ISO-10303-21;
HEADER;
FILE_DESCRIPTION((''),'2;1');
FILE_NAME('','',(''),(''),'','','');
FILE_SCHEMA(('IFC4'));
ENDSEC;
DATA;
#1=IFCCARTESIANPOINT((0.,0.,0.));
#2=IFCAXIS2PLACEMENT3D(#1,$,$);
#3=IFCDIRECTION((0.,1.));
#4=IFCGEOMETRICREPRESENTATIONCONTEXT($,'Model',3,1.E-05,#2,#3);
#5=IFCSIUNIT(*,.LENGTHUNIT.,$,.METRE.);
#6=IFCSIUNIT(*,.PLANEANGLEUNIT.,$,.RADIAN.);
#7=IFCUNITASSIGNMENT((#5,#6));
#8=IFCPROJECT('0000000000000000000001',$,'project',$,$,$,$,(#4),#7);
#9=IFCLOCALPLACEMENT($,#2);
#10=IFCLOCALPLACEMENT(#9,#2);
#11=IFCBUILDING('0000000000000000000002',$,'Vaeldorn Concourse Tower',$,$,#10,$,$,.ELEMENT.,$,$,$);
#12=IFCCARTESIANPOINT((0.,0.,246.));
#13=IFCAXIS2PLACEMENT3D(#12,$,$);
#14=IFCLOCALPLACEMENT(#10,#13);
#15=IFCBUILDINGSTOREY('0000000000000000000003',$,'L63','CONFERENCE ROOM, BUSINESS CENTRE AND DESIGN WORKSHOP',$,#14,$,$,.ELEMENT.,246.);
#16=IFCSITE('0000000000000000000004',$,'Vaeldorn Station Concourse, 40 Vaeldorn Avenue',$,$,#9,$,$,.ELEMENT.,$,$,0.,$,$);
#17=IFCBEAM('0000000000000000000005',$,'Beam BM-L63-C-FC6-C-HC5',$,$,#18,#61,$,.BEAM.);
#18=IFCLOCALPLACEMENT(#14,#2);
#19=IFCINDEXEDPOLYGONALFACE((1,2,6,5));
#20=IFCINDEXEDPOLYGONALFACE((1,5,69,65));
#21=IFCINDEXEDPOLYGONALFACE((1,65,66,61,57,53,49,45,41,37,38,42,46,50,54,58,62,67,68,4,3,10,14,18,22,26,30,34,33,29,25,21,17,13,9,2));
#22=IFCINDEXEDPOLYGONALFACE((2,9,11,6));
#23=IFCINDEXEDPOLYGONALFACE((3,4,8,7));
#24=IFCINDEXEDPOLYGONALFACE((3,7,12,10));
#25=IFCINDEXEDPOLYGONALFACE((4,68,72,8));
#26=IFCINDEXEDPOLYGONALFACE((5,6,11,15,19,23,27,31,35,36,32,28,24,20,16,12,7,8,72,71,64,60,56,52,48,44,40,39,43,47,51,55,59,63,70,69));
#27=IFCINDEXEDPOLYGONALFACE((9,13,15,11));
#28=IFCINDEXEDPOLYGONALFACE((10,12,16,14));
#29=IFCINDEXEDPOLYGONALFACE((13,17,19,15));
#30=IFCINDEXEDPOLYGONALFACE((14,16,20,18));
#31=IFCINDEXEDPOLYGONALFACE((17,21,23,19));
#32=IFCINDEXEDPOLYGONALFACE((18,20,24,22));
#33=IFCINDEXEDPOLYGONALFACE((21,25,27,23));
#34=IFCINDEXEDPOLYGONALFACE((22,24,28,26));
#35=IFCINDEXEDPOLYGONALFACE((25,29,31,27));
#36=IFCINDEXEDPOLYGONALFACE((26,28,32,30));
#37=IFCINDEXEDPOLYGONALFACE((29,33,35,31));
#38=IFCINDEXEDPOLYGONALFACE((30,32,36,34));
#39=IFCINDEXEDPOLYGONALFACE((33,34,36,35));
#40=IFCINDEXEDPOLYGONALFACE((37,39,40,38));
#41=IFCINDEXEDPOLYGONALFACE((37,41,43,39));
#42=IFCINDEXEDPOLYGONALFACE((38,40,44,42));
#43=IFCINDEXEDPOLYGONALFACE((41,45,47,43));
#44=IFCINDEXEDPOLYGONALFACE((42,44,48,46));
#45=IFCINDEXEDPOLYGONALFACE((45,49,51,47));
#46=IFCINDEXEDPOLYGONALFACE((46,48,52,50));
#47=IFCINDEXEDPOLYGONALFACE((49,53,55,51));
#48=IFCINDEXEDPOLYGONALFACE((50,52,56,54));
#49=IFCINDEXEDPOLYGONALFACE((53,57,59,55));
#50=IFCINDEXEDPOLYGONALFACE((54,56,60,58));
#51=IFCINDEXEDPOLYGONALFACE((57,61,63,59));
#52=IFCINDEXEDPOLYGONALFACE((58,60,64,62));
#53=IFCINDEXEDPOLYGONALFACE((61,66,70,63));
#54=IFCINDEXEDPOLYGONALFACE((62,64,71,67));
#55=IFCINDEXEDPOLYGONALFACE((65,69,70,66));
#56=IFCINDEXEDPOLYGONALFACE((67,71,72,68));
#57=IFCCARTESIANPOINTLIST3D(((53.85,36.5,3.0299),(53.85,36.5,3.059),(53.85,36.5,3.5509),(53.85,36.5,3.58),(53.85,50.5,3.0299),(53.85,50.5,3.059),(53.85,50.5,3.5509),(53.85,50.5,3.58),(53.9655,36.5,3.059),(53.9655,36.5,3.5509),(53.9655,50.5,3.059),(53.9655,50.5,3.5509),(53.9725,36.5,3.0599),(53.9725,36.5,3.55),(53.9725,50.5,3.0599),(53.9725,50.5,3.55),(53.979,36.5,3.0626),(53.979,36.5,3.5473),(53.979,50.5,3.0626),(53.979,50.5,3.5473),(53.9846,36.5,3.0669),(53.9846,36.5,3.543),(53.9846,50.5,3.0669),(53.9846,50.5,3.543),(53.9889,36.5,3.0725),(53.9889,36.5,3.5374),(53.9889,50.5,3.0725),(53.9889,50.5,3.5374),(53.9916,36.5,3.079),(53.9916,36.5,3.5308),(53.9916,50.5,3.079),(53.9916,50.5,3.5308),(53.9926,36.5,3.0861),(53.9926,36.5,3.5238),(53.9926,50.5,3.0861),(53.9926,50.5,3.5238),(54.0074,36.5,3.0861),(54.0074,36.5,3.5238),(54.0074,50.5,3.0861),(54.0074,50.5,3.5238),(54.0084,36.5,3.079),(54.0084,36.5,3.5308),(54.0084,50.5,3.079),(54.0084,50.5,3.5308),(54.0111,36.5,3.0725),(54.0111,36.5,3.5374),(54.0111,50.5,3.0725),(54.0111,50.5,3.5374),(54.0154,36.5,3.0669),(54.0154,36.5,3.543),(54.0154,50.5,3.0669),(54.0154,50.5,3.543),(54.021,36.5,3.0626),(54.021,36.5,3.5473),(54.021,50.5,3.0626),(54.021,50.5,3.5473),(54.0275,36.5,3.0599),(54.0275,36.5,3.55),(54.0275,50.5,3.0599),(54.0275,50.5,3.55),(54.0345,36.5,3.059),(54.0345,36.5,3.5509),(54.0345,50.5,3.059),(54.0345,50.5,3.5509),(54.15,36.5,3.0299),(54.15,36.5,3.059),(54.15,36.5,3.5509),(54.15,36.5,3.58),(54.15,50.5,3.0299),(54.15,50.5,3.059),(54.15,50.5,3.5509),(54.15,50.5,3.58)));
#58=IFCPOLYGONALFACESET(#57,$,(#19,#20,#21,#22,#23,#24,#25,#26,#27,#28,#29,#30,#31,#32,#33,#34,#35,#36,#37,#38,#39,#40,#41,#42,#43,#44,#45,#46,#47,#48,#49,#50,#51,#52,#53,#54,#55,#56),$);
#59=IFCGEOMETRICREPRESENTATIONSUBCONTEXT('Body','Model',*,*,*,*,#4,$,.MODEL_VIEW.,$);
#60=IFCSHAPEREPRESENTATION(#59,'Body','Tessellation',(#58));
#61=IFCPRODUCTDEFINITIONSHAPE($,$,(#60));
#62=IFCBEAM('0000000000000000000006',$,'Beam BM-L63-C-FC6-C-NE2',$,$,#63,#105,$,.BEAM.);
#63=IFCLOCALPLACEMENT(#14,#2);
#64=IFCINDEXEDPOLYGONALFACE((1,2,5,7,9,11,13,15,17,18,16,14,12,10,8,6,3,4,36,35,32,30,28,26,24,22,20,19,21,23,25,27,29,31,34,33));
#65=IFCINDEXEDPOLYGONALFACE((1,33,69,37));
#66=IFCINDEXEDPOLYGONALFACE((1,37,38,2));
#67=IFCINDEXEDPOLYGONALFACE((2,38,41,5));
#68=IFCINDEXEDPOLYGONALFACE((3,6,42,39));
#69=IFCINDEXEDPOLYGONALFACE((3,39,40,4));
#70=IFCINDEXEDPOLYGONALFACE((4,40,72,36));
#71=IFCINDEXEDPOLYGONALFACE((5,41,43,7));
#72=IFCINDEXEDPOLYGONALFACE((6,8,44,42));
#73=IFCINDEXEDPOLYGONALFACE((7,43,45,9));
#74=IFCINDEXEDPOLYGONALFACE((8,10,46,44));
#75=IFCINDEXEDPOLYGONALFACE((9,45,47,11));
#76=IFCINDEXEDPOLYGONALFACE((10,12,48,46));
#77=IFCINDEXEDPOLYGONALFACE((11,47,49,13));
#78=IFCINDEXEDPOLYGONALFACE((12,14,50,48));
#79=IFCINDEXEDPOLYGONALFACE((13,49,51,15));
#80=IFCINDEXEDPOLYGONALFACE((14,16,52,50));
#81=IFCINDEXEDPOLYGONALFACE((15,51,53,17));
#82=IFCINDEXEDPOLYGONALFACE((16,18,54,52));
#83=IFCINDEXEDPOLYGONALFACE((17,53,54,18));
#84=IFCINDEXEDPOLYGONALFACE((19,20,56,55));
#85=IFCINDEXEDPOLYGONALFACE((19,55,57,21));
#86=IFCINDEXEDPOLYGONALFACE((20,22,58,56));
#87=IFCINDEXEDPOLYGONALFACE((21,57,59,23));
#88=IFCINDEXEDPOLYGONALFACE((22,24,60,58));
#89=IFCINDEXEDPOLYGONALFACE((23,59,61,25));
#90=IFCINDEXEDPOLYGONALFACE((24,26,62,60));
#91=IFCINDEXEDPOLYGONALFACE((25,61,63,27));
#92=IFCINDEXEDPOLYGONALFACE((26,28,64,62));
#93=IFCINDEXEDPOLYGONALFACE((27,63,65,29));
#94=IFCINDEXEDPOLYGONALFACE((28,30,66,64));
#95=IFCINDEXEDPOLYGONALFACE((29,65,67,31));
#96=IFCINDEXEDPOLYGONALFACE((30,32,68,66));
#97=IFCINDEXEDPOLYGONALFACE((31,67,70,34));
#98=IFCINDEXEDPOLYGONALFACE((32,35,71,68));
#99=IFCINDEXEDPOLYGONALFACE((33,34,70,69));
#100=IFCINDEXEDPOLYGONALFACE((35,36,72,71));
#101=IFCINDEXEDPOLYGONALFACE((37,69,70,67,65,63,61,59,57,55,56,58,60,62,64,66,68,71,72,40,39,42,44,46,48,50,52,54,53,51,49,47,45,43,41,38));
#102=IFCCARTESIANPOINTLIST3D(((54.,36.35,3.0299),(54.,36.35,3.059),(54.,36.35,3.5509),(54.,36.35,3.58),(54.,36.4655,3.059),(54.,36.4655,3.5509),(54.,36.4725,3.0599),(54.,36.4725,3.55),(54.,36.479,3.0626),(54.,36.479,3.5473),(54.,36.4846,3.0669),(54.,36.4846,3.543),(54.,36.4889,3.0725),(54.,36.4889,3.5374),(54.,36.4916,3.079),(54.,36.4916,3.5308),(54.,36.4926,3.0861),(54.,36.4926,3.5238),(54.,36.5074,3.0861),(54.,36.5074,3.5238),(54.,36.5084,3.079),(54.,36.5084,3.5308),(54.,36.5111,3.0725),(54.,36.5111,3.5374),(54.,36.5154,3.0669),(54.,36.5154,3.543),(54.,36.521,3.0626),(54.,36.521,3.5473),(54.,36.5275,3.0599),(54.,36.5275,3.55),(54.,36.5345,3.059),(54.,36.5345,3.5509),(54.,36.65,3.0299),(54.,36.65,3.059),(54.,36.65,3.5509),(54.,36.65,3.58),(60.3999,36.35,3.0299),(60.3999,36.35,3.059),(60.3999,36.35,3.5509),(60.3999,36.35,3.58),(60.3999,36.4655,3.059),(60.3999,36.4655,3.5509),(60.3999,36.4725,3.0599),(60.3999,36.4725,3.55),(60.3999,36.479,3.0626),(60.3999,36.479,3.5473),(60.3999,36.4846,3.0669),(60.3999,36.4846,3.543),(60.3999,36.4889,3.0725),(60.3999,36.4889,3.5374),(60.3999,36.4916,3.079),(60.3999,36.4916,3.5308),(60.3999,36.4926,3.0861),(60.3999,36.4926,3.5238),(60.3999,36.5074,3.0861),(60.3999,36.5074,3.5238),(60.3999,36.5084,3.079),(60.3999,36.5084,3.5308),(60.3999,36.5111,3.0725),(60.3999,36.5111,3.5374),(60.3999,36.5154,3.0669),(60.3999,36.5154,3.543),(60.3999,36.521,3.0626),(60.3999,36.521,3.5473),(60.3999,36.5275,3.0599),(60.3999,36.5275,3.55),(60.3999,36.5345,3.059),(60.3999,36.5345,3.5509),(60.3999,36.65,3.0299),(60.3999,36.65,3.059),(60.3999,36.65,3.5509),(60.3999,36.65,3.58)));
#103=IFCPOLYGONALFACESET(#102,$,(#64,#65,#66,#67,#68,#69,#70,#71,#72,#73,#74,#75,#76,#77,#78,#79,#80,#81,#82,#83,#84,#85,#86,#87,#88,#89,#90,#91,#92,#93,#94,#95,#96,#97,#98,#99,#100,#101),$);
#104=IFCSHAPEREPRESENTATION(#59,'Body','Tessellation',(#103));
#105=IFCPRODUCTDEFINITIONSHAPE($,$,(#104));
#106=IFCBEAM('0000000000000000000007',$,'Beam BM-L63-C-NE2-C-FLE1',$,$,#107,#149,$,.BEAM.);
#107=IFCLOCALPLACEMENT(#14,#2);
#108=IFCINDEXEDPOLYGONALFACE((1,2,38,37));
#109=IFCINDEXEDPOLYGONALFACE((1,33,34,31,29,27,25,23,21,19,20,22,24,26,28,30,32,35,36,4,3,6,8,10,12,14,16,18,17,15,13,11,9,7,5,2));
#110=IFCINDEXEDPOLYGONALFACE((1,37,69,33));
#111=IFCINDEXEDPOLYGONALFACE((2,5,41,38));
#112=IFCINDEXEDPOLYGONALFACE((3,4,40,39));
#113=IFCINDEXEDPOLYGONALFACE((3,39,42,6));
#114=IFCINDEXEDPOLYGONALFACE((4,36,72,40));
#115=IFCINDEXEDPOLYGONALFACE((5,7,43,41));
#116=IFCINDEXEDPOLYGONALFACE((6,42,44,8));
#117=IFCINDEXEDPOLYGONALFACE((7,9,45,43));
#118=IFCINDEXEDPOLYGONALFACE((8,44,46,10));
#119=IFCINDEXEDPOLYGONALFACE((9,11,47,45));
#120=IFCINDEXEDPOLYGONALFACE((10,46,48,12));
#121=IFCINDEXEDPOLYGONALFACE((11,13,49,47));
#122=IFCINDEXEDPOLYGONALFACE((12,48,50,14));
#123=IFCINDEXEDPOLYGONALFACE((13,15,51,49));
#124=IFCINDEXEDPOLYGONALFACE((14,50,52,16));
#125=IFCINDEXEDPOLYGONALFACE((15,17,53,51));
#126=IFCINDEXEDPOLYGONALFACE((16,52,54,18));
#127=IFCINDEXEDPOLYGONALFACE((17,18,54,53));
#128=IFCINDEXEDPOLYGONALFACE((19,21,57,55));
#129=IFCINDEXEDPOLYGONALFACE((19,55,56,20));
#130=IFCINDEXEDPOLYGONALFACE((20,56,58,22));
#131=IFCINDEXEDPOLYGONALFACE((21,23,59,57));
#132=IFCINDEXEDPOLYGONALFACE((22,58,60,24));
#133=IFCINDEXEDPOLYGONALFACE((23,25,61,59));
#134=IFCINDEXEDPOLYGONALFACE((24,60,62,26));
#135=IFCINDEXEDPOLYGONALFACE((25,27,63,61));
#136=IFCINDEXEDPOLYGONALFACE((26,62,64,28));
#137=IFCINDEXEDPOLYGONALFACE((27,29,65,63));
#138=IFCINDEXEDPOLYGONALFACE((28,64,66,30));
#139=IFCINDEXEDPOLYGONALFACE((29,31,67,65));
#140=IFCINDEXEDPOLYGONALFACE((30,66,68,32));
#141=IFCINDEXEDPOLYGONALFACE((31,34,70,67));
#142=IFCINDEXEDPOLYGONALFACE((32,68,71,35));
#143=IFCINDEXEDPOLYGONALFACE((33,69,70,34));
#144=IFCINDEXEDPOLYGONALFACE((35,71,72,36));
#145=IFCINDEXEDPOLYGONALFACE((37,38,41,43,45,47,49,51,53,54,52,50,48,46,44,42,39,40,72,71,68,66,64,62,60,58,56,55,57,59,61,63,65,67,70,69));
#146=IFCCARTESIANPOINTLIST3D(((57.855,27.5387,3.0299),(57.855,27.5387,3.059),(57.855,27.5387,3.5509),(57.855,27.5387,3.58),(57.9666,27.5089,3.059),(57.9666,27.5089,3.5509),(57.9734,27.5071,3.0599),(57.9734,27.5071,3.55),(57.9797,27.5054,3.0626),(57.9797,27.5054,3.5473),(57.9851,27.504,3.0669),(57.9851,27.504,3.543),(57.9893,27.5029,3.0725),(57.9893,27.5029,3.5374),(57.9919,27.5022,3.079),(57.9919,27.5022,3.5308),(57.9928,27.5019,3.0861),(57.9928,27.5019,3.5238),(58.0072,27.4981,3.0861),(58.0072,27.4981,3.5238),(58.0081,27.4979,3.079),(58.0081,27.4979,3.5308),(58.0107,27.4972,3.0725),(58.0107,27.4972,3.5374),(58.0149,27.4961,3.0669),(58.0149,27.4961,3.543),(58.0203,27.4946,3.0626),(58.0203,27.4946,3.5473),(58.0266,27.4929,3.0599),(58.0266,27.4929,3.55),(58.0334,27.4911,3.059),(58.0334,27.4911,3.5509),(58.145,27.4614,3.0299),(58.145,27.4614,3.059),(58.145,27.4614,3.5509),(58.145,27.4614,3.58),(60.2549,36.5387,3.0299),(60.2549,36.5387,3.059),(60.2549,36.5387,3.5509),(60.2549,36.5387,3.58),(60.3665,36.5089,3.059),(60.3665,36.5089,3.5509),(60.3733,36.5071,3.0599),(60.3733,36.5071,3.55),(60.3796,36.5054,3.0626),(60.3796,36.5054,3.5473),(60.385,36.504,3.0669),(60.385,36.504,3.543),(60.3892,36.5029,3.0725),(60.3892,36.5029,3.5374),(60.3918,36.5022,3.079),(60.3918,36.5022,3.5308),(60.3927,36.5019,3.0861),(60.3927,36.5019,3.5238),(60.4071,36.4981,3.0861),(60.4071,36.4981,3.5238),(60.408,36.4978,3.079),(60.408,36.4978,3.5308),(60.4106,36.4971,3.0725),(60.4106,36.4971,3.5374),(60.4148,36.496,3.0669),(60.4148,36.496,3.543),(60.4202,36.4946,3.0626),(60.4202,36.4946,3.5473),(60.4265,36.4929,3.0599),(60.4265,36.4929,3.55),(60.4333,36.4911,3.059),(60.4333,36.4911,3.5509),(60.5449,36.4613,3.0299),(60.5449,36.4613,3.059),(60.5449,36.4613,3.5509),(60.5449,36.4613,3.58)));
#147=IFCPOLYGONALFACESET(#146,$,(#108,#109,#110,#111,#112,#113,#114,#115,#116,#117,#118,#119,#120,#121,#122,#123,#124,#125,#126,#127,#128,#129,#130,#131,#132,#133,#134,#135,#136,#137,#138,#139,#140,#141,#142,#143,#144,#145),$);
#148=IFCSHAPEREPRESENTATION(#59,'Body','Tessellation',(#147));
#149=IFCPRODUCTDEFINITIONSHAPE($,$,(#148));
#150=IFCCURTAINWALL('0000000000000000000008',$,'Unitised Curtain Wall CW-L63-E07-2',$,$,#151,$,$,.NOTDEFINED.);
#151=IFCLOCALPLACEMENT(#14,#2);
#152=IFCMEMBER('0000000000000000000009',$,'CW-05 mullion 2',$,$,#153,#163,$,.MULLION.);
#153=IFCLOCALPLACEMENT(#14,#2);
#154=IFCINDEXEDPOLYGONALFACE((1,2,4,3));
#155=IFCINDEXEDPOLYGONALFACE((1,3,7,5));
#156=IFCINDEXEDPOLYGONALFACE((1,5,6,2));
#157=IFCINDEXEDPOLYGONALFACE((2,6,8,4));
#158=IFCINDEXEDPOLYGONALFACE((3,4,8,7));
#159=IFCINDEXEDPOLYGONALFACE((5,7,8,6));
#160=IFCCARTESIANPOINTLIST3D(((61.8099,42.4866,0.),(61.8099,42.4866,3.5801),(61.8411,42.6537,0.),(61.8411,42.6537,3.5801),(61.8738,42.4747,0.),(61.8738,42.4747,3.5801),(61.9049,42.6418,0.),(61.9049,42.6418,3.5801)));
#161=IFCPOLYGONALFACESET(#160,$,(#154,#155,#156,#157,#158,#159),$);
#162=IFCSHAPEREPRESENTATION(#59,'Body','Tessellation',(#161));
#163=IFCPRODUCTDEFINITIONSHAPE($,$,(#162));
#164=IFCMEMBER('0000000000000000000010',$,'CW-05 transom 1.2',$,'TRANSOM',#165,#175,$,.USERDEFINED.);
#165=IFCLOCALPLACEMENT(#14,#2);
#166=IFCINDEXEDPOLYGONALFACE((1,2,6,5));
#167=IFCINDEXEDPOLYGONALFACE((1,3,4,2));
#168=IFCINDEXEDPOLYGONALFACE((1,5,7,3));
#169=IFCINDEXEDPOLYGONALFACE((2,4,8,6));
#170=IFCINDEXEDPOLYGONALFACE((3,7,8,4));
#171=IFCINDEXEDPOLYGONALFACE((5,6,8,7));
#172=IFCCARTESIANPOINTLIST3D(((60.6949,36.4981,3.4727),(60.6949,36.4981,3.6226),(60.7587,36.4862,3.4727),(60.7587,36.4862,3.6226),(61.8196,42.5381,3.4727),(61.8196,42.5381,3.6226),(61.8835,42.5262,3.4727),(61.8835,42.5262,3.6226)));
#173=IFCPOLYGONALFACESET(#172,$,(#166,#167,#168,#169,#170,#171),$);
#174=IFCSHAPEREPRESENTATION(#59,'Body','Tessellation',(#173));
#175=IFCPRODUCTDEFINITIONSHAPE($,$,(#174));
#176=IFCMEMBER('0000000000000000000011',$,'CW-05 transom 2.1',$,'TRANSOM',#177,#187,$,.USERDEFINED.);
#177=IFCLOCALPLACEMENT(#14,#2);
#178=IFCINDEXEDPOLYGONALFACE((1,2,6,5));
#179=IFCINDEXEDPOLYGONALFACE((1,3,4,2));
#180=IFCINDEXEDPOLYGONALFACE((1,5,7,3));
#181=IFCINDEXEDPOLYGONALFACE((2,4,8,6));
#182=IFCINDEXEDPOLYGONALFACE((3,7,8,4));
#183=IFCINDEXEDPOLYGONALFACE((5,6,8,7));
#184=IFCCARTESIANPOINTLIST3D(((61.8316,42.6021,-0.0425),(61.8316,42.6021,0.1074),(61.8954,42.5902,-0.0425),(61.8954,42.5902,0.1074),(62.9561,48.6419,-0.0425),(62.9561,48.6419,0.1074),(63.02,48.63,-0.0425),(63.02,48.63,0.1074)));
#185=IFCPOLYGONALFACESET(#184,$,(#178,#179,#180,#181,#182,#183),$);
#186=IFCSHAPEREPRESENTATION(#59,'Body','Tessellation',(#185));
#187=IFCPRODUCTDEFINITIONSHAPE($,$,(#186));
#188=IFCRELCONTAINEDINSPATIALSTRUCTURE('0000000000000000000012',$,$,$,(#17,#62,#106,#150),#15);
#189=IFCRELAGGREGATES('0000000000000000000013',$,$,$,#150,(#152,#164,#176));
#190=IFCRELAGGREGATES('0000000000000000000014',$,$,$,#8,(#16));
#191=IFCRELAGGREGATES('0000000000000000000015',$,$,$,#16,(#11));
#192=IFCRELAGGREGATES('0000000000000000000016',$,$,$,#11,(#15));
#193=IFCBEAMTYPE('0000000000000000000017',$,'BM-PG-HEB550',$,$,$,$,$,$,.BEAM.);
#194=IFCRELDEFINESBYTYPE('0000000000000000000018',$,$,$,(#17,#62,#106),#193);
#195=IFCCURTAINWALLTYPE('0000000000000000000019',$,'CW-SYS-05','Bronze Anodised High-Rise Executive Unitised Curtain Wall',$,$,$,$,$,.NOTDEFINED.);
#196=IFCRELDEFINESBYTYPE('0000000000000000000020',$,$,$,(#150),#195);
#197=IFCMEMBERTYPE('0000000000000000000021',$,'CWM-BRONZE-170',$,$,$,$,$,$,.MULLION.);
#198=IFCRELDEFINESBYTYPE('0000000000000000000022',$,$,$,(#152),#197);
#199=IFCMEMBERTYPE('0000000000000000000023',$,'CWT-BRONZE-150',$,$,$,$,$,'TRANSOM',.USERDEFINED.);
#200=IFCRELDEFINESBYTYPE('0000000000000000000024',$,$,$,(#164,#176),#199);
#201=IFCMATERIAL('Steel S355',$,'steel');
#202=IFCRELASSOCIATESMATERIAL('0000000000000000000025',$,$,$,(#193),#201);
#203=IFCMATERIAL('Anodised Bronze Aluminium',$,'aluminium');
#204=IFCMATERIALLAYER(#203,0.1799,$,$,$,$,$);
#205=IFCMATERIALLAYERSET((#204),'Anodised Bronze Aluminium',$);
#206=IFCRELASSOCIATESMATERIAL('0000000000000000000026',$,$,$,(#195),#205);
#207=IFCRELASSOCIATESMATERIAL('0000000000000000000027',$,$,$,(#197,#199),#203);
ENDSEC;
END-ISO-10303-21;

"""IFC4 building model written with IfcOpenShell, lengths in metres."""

from ifc_helpers import new_model, si_unit, direction, frame, origin, origin_2d, place, context, subcontext, project, spatial, rectangle, i_section, extrude, source, transform, mapped, material, layer, layer_set, material_profile, profile_set, type_object, element, aggregate, save


model = new_model("IFC4")

# Units and contexts
model_context = context("Model", 3, precision=1e-05, world=origin(), true_north=direction((0.0, 1.0)))
body_context = subcontext(model_context, "Body", "Model", "MODEL_VIEW")
ifc_project = project(units=[si_unit("LENGTHUNIT", "METRE"), si_unit("PLANEANGLEUNIT", "RADIAN")], contexts=[model_context])

# Site, building, storey
site_placement = place(None, origin())
site = spatial("IfcSite", under=ifc_project, at=site_placement, Name="Vaeldorn Station Concourse, 40 Vaeldorn Avenue", CompositionType="ELEMENT", RefElevation=0.0)
building_placement = place(site_placement, origin())
building = spatial("IfcBuilding", under=site, at=building_placement, Name="Vaeldorn Concourse Tower", CompositionType="ELEMENT")
storey_placement = place(building_placement, frame((0.0, 0.0, 246.0)))
storey = spatial("IfcBuildingStorey", under=building, at=storey_placement, Name="L63", Description="CONFERENCE ROOM, BUSINESS CENTRE AND DESIGN WORKSHOP", CompositionType="ELEMENT", Elevation=246.0)

# Shared definitions
ifc_material_1 = material(Name="Steel S355", Category="steel")

# Beams
ifc_material_profile_1 = material_profile(ifc_material_1, i_section(OverallWidth=0.3, OverallDepth=0.55, WebThickness=0.0149, FlangeThickness=0.0291, FilletRadius=0.0271, at=origin_2d()), Name="HEB 550")
ifc_profile_set_1 = profile_set([ifc_material_profile_1], Name="Steel S355")
beam_type_1 = type_object("IfcBeamType", Name="BM-PG-HEB550", PredefinedType="BEAM", material=ifc_profile_set_1)
shared_shape_1 = source(origin(), body_context, "Body", "SweptSolid", [
    extrude(i_section(OverallWidth=0.3, OverallDepth=0.55, WebThickness=0.0149, FlangeThickness=0.0291, FilletRadius=0.0271, at=origin_2d()), origin(), (0.0, 0.0, 1.0), 14.0),
])
beam_1_placement = place(storey_placement, frame((54.0, 36.5, 3.3049), z_axis=(0.0, 1.0, 0.0), x_axis=(-1.0, 0.0, 0.0)))
element("IfcBeam", 1, at=beam_1_placement, inside=storey, type_object=beam_type_1, Name="Beam BM-L63-C-FC6-C-HC5", PredefinedType="BEAM", context=body_context, shape_type="MappedRepresentation", body=[
    mapped(shared_shape_1, transform((0.0, 0.0, 0.0), scale=1.0)),
])
shared_shape_2 = source(origin(), body_context, "Body", "SweptSolid", [
    extrude(i_section(OverallWidth=0.3, OverallDepth=0.55, WebThickness=0.0149, FlangeThickness=0.0291, FilletRadius=0.0271, at=origin_2d()), origin(), (0.0, 0.0, 1.0), 6.3999),
])
beam_2_placement = place(storey_placement, frame((54.0, 36.5, 3.3049), z_axis=(1.0, 0.0, 0.0), x_axis=(0.0, 1.0, 0.0)))
element("IfcBeam", 2, at=beam_2_placement, inside=storey, type_object=beam_type_1, Name="Beam BM-L63-C-FC6-C-NE2", PredefinedType="BEAM", context=body_context, shape_type="MappedRepresentation", body=[
    mapped(shared_shape_2, transform((0.0, 0.0, 0.0), scale=1.0)),
])
shared_shape_3 = source(origin(), body_context, "Body", "SweptSolid", [
    extrude(i_section(OverallWidth=0.3, OverallDepth=0.55, WebThickness=0.0149, FlangeThickness=0.0291, FilletRadius=0.0271, at=origin_2d()), origin(), (0.0, 0.0, 1.0), 9.3145),
])
beam_3_placement = place(storey_placement, frame((60.3999, 36.5, 3.3049), z_axis=(-0.257653, -0.966238, 0.0), x_axis=(0.966238, -0.257653, 0.0)))
element("IfcBeam", 3, at=beam_3_placement, inside=storey, type_object=beam_type_1, Name="Beam BM-L63-C-NE2-C-FLE1", PredefinedType="BEAM", context=body_context, shape_type="MappedRepresentation", body=[
    mapped(shared_shape_3, transform((0.0, 0.0, 0.0), scale=1.0)),
])

# Curtain wall, members
ifc_material_2 = material(Name="Anodised Bronze Aluminium", Category="aluminium")
ifc_layer_1 = layer(ifc_material_2, 0.1799)
ifc_layer_set_1 = layer_set([ifc_layer_1], Name="Anodised Bronze Aluminium")
curtain_wall_type = type_object("IfcCurtainWallType", Name="CW-SYS-05", Description="Bronze Anodised High-Rise Executive Unitised Curtain Wall", PredefinedType="NOTDEFINED", material=ifc_layer_set_1)
curtain_wall_placement = place(storey_placement, origin())
curtain_wall = element("IfcCurtainWall", 4, at=curtain_wall_placement, inside=storey, type_object=curtain_wall_type, Name="Unitised Curtain Wall CW-L63-E07-2", PredefinedType="NOTDEFINED")
ifc_material_profile_2 = material_profile(ifc_material_2, rectangle(XDim=0.0649, YDim=0.1699, at=origin_2d()), Name="CWM 65x170")
ifc_profile_set_2 = profile_set([ifc_material_profile_2], Name="Anodised Bronze Aluminium")
member_type_1 = type_object("IfcMemberType", Name="CWM-BRONZE-170", PredefinedType="MULLION", material=ifc_profile_set_2)
shared_shape_4 = source(origin(), body_context, "Body", "SweptSolid", [
    extrude(rectangle(XDim=0.0649, YDim=0.1699, at=origin_2d()), origin(), (0.0, 0.0, 1.0), 3.5801),
])
member_1_placement = place(storey_placement, frame((61.8574, 42.5642, 0.0), z_axis=(0.0, 0.0, 1.0), x_axis=(-0.983103, 0.183054, 0.0)))
member_1 = element("IfcMember", 5, at=member_1_placement, type_object=member_type_1, Name="CW-05 mullion 2", PredefinedType="MULLION", context=body_context, shape_type="MappedRepresentation", body=[
    mapped(shared_shape_4, transform((0.0, 0.0, 0.0), scale=1.0)),
])
ifc_material_profile_3 = material_profile(ifc_material_2, rectangle(XDim=0.0649, YDim=0.1499, at=origin_2d()), Name="CWT 65x150")
ifc_profile_set_3 = profile_set([ifc_material_profile_3], Name="Anodised Bronze Aluminium")
member_type_2 = type_object("IfcMemberType", Name="CWT-BRONZE-150", ElementType="TRANSOM", PredefinedType="USERDEFINED", material=ifc_profile_set_3)
shared_shape_5 = source(origin(), body_context, "Body", "SweptSolid", [
    extrude(rectangle(XDim=0.0649, YDim=0.1499, at=origin_2d()), origin(), (0.0, 0.0, 1.0), 6.1438),
])
member_2_placement = place(storey_placement, frame((60.7268, 36.4922, 3.5476), z_axis=(0.18307, 0.9831, 0.0), x_axis=(-0.9831, 0.18307, 0.0)))
member_2 = element("IfcMember", 6, at=member_2_placement, type_object=member_type_2, Name="CW-05 transom 1.2", ObjectType="TRANSOM", PredefinedType="USERDEFINED", context=body_context, shape_type="MappedRepresentation", body=[
    mapped(shared_shape_5, transform((0.0, 0.0, 0.0), scale=1.0)),
])
shared_shape_6 = source(origin(), body_context, "Body", "SweptSolid", [
    extrude(rectangle(XDim=0.0649, YDim=0.1499, at=origin_2d()), origin(), (0.0, 0.0, 1.0), 6.1436),
])
member_3_placement = place(storey_placement, frame((61.8635, 42.5962, 0.0325), z_axis=(0.183038, 0.983106, 0.0), x_axis=(-0.983106, 0.183038, 0.0)))
member_3 = element("IfcMember", 7, at=member_3_placement, type_object=member_type_2, Name="CW-05 transom 2.1", ObjectType="TRANSOM", PredefinedType="USERDEFINED", context=body_context, shape_type="MappedRepresentation", body=[
    mapped(shared_shape_6, transform((0.0, 0.0, 0.0), scale=1.0)),
])
aggregate(curtain_wall, [member_1, member_2, member_3])

save(model, "model.ifc")
